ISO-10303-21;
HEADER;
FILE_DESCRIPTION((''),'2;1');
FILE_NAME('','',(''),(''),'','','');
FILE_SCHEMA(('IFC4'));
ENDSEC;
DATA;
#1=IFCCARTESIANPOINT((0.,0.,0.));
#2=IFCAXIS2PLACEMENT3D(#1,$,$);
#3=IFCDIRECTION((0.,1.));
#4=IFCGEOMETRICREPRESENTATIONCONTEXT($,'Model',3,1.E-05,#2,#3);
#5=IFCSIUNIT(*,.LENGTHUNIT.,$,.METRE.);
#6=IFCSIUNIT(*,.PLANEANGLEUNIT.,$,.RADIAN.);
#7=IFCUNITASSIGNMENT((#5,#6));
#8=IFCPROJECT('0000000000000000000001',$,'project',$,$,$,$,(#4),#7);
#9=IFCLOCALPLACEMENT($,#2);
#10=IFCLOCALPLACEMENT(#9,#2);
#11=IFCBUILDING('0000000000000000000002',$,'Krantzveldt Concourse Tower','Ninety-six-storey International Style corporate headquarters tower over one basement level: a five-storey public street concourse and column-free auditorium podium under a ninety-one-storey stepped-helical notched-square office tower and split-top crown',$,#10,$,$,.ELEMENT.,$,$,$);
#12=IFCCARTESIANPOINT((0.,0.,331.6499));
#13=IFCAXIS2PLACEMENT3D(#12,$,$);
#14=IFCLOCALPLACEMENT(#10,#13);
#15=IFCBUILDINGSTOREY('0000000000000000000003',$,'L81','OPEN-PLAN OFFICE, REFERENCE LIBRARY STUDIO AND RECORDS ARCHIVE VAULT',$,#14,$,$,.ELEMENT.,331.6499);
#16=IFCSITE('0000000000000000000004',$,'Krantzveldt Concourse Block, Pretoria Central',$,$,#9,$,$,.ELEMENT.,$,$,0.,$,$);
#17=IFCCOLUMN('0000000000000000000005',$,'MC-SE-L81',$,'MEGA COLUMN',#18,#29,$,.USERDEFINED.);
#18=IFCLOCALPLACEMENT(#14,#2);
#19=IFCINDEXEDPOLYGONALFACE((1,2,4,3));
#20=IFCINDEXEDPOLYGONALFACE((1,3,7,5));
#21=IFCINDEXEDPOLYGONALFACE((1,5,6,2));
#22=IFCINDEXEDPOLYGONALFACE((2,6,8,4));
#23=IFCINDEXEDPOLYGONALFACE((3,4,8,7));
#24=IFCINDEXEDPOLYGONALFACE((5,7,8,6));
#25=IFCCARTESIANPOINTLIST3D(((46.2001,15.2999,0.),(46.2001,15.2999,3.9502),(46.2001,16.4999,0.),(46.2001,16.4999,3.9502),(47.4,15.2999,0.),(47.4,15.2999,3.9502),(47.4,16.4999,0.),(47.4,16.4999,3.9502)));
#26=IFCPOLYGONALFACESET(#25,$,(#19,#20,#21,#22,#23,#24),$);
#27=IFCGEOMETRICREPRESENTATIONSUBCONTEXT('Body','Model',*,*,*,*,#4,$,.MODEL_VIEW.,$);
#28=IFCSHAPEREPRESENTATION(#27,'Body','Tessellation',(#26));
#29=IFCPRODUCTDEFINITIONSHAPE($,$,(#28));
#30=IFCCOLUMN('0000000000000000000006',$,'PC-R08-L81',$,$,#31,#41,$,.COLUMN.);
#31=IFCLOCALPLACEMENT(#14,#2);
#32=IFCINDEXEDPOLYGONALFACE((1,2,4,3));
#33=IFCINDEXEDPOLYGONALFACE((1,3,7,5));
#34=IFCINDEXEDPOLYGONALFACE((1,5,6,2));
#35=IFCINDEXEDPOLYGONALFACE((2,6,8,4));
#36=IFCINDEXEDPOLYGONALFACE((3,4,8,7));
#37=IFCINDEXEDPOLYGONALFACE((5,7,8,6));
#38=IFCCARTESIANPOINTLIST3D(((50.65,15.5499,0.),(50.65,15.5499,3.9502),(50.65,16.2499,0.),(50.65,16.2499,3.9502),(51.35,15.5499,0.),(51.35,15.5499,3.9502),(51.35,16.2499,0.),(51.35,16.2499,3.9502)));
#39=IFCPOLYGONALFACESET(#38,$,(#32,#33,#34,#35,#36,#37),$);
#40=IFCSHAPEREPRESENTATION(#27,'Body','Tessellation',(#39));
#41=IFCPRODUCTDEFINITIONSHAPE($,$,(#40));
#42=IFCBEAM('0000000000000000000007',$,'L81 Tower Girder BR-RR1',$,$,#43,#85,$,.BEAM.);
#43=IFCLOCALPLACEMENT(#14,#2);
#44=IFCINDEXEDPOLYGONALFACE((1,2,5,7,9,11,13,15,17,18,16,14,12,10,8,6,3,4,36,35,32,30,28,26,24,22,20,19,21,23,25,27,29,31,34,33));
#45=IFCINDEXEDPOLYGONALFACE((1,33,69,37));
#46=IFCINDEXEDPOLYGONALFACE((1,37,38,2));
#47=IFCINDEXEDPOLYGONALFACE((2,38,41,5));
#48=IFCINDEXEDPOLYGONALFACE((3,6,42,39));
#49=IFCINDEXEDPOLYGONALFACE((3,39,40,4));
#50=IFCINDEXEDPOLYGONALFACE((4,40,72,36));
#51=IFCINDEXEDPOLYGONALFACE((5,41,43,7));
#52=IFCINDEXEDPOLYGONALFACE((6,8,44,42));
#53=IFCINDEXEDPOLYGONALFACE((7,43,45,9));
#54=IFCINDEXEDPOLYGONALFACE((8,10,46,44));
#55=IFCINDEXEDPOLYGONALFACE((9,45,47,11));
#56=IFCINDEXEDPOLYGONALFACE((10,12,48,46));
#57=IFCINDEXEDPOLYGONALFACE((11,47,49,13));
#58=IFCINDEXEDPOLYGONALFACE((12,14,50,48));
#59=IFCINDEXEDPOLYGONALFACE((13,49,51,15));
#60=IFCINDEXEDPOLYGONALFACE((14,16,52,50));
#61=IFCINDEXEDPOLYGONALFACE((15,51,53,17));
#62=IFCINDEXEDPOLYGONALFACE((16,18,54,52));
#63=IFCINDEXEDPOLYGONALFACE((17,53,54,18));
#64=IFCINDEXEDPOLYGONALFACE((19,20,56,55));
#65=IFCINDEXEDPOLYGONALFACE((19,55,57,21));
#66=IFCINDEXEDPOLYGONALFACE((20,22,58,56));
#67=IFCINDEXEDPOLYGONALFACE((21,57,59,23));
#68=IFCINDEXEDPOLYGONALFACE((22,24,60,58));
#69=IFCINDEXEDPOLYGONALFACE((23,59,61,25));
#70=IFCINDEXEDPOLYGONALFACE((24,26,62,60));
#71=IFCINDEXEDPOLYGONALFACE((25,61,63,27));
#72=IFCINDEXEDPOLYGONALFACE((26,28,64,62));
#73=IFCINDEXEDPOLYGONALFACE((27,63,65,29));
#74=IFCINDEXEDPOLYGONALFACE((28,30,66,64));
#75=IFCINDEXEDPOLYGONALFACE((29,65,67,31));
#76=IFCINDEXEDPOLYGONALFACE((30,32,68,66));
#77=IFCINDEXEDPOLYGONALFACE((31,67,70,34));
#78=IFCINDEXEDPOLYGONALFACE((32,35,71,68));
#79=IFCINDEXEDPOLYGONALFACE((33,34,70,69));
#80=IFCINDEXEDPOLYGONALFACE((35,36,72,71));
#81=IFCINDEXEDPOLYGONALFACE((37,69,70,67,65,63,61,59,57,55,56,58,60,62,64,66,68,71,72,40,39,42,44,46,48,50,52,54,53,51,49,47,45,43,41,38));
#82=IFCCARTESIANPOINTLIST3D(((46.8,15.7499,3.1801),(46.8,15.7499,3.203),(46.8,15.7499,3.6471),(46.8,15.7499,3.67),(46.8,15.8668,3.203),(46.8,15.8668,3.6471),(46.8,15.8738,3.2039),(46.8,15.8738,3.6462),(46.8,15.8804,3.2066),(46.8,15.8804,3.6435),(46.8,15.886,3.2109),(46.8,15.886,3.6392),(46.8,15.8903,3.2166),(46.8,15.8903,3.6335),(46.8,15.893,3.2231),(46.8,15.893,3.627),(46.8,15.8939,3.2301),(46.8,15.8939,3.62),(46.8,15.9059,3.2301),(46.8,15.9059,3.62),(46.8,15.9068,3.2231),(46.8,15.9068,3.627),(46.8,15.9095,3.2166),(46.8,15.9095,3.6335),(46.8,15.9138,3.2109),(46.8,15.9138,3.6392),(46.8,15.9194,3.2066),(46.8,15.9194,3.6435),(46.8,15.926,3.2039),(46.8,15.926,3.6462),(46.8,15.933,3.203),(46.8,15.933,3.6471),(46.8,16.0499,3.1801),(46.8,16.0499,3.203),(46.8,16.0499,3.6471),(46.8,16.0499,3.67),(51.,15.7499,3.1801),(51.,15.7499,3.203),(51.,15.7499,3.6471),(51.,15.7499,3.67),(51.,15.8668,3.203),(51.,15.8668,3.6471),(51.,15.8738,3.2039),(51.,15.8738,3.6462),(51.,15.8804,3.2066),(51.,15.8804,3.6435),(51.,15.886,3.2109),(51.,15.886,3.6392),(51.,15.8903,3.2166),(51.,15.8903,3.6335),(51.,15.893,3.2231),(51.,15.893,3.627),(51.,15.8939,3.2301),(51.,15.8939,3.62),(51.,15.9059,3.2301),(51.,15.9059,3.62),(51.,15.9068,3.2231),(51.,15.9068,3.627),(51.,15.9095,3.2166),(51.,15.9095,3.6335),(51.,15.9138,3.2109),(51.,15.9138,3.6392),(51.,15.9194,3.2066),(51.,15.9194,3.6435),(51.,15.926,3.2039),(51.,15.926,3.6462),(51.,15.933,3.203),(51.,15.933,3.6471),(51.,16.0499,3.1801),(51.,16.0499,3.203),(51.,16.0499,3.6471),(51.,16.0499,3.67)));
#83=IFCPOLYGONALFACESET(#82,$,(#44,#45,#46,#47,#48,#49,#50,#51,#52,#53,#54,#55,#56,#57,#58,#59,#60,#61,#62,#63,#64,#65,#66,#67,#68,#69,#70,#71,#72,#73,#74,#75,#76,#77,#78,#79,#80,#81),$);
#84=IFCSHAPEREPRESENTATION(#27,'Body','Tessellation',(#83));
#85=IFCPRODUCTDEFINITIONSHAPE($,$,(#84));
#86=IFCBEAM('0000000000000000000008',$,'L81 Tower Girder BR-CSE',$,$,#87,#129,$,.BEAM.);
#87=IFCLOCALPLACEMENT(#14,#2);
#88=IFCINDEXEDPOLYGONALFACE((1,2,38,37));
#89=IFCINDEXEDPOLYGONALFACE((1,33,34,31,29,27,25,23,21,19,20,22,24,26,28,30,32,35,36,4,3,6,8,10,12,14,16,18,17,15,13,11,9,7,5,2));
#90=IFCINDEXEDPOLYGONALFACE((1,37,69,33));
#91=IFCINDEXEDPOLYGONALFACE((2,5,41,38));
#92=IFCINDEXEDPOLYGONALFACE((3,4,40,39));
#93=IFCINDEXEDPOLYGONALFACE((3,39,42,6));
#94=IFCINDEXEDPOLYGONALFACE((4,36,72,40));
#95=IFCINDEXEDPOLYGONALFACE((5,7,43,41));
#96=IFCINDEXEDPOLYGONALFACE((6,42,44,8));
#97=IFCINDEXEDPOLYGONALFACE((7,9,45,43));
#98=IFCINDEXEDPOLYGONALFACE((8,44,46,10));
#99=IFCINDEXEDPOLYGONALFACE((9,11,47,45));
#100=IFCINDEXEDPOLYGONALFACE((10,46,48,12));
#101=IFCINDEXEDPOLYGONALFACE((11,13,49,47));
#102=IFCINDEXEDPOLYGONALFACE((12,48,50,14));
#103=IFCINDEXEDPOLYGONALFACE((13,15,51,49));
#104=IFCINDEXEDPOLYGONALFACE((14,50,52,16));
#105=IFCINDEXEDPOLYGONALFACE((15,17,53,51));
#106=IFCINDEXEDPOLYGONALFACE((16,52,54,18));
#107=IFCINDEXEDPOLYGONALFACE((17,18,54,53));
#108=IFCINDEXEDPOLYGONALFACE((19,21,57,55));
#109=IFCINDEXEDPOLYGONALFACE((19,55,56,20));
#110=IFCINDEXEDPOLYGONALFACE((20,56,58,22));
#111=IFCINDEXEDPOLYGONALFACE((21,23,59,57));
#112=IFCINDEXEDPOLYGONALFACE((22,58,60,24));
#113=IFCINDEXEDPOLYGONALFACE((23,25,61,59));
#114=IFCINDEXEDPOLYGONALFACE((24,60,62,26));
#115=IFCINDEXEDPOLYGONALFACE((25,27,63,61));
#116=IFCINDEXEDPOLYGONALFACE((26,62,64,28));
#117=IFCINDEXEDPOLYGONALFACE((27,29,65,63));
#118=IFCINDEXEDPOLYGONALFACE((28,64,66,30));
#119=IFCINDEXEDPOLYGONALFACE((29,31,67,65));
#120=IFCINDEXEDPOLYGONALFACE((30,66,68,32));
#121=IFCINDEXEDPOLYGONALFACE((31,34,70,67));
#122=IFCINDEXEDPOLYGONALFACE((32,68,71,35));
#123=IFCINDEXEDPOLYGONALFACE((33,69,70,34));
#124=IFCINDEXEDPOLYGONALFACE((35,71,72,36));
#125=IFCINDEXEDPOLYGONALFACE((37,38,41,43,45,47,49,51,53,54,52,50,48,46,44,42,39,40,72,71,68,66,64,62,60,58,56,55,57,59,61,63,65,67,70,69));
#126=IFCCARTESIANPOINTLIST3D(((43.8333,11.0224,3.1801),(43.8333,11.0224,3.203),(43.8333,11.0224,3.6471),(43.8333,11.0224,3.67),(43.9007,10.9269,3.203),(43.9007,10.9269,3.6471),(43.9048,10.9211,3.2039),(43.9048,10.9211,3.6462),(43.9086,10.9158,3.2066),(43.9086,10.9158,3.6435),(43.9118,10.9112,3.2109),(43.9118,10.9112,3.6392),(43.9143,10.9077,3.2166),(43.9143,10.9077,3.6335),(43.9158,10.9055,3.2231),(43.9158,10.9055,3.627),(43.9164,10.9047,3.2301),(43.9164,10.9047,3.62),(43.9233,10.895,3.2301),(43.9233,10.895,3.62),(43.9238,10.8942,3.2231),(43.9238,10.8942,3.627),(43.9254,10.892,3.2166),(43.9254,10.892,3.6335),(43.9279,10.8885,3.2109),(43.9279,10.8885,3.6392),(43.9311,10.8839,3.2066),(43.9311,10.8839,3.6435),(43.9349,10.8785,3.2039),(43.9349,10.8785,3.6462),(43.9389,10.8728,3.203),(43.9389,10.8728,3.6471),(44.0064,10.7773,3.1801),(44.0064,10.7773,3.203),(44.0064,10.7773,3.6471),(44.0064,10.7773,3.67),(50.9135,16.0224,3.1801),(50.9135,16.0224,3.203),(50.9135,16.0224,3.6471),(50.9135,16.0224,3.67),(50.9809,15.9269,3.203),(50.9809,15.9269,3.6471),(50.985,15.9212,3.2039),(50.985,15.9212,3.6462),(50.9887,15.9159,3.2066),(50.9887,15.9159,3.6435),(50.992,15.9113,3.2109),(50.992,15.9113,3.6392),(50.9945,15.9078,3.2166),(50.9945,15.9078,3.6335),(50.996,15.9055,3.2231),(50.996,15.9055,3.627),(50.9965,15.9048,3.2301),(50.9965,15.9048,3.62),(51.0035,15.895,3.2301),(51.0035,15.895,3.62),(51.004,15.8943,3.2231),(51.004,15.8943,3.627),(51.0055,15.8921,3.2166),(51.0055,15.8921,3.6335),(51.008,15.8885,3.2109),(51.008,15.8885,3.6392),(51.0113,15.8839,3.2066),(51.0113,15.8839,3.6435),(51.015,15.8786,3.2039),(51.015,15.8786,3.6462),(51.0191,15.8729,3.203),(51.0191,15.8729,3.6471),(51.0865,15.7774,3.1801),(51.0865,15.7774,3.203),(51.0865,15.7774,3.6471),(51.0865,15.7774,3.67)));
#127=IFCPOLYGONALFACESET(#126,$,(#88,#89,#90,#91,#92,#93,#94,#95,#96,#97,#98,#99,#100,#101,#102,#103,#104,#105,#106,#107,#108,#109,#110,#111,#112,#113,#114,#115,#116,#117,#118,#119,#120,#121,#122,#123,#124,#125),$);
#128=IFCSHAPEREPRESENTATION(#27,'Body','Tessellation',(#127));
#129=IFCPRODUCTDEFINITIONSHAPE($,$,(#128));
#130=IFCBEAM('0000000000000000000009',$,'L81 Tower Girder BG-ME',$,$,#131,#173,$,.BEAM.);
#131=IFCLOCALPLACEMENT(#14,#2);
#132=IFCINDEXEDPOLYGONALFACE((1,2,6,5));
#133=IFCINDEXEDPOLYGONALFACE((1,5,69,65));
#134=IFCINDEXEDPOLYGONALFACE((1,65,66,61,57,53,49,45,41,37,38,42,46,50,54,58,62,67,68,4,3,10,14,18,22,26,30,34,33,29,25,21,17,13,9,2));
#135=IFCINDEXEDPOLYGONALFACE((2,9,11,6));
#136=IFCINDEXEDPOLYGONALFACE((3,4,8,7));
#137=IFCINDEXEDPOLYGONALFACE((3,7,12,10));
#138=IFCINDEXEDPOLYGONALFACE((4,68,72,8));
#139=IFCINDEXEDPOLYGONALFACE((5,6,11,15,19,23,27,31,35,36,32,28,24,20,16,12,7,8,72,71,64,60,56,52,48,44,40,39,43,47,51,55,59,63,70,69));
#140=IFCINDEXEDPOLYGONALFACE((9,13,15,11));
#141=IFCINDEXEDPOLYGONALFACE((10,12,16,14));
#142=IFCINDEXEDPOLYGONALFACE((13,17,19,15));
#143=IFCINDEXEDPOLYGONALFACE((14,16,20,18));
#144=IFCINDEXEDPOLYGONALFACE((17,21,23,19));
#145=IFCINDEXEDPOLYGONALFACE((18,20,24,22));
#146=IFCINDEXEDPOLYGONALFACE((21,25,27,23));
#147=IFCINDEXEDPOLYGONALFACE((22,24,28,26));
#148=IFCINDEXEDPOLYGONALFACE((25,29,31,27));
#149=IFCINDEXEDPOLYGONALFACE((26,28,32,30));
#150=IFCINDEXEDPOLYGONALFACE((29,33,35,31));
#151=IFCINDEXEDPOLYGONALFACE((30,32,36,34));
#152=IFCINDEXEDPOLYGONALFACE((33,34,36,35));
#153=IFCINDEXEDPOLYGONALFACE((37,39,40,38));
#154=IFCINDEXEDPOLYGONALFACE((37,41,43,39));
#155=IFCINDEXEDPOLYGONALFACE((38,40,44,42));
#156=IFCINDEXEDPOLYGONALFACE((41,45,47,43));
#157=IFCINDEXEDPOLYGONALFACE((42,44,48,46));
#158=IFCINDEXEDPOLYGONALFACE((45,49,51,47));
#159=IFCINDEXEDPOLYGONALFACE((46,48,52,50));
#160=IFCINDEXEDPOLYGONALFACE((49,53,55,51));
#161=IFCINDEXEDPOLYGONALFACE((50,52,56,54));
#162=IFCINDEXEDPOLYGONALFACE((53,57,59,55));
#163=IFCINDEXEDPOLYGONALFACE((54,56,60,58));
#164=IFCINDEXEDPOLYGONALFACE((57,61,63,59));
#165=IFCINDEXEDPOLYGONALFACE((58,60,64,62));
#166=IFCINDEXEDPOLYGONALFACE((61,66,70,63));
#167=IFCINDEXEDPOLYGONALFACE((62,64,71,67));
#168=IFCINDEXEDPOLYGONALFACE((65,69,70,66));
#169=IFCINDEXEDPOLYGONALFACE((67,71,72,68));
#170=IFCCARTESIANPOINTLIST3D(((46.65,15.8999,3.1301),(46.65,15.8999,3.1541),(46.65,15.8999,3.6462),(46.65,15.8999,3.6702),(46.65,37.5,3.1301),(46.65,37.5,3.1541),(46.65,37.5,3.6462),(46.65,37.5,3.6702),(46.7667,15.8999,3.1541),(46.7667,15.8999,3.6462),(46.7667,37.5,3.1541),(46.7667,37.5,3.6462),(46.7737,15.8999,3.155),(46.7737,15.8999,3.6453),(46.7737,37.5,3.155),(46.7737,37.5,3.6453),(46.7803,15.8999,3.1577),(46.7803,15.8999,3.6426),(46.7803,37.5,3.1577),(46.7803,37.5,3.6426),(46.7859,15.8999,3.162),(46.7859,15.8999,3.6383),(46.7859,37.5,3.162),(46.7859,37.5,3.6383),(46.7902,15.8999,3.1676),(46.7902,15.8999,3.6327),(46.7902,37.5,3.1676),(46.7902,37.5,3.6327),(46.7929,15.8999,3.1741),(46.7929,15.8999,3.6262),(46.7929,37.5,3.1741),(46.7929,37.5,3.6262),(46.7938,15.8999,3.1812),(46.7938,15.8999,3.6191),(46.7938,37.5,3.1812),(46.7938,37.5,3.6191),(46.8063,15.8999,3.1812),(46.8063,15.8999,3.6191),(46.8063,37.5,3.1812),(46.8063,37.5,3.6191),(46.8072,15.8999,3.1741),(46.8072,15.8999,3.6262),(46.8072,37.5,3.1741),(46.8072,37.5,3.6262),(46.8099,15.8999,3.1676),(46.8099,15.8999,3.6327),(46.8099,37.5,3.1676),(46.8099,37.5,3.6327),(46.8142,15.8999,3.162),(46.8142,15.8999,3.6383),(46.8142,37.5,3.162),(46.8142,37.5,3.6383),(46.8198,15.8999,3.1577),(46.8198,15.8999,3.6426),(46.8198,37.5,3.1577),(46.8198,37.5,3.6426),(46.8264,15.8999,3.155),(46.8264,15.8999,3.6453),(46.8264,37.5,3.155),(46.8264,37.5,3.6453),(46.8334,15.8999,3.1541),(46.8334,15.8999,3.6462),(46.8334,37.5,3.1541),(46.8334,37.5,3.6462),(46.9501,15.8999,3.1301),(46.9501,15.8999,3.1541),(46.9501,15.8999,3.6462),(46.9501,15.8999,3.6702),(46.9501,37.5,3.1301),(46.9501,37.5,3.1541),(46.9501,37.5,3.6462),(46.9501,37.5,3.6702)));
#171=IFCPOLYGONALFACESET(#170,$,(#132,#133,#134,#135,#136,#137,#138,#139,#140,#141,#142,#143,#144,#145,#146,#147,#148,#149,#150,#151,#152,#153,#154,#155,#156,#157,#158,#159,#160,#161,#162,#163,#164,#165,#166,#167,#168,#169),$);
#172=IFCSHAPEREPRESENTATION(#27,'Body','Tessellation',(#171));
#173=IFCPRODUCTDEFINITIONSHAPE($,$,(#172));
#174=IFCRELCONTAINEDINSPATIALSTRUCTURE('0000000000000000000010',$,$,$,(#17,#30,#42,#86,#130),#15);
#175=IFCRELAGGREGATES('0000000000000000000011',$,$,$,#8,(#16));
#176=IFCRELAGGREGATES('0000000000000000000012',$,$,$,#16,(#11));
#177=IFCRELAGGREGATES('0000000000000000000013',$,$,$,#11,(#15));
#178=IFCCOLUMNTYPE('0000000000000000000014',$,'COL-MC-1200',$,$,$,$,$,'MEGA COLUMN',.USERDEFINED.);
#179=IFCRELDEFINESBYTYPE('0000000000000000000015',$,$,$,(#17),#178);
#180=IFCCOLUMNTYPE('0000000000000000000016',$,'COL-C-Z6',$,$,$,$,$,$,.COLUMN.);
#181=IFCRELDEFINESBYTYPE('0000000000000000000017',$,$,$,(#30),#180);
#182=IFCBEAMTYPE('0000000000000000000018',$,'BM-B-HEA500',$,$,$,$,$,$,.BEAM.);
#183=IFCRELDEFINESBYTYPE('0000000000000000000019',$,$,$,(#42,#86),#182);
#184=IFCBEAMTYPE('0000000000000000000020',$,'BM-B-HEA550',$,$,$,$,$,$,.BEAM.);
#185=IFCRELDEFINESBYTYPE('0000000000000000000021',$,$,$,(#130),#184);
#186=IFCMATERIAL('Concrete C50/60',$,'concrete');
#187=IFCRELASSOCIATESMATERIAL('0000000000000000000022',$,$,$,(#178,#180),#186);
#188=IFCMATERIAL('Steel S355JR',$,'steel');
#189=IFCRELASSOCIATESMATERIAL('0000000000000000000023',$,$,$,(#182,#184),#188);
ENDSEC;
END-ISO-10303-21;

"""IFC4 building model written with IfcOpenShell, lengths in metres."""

from ifc_helpers import new_model, si_unit, direction, frame, origin, origin_2d, place, context, subcontext, project, spatial, rectangle, i_section, extrude, source, transform, mapped, material, material_profile, profile_set, type_object, type_shapes, element, save


model = new_model("IFC4")

# Units and contexts
model_context = context("Model", 3, precision=1e-05, world=origin(), true_north=direction((0.0, 1.0)))
body_context = subcontext(model_context, "Body", "Model", "MODEL_VIEW")
ifc_project = project(units=[si_unit("LENGTHUNIT", "METRE"), si_unit("PLANEANGLEUNIT", "RADIAN")], contexts=[model_context])

# Site, building, storey
site_placement = place(None, origin())
site = spatial("IfcSite", under=ifc_project, at=site_placement, Name="Krantzveldt Concourse Block, Pretoria Central", CompositionType="ELEMENT", RefElevation=0.0)
building_placement = place(site_placement, origin())
building = spatial("IfcBuilding", under=site, at=building_placement, Name="Krantzveldt Concourse Tower", Description="Ninety-six-storey International Style corporate headquarters tower over one basement level: a five-storey public street concourse and column-free auditorium podium under a ninety-one-storey stepped-helical notched-square office tower and split-top crown", CompositionType="ELEMENT")
storey_placement = place(building_placement, frame((0.0, 0.0, 331.6499)))
storey = spatial("IfcBuildingStorey", under=building, at=storey_placement, Name="L81", Description="OPEN-PLAN OFFICE, REFERENCE LIBRARY STUDIO AND RECORDS ARCHIVE VAULT", CompositionType="ELEMENT", Elevation=331.6499)

# Columns
ifc_material_1 = material(Name="Concrete C50/60", Category="concrete")
ifc_material_profile_1 = material_profile(ifc_material_1, rectangle(XDim=1.2, YDim=1.2, at=origin_2d()), Name="Concrete C50/60", Category="concrete")
ifc_profile_set_1 = profile_set([ifc_material_profile_1], Name="Concrete C50/60 - RC 1200x1200")
column_type_1 = type_object("IfcColumnType", Name="COL-MC-1200", ElementType="MEGA COLUMN", PredefinedType="USERDEFINED", material=ifc_profile_set_1)
shared_shape_1 = source(origin(), body_context, "Body", "SweptSolid", [
    extrude(rectangle(XDim=1.2, YDim=1.2, at=origin_2d()), origin(), (0.0, 0.0, 1.0), 3.9502),
])
type_shapes(column_type_1, [shared_shape_1])
column_1_placement = place(storey_placement, frame((46.8, 15.8999, 0.0), z_axis=(0.0, 0.0, 1.0), x_axis=(1.0, 0.0, 0.0)))
element("IfcColumn", 1, at=column_1_placement, inside=storey, type_object=column_type_1, Name="MC-SE-L81", ObjectType="MEGA COLUMN", PredefinedType="USERDEFINED", context=body_context, shape_type="MappedRepresentation", body=[
    mapped(shared_shape_1, transform((0.0, 0.0, 0.0), x_axis=(1.0, 0.0, 0.0), y_axis=(0.0, 1.0, 0.0), z_axis=(0.0, 0.0, 1.0), scale=1.0)),
])
ifc_material_profile_2 = material_profile(ifc_material_1, rectangle(XDim=0.7, YDim=0.7, at=origin_2d()), Name="Concrete C50/60", Category="concrete")
ifc_profile_set_2 = profile_set([ifc_material_profile_2], Name="Concrete C50/60 - RC 700x700")
column_type_2 = type_object("IfcColumnType", Name="COL-C-Z6", PredefinedType="COLUMN", material=ifc_profile_set_2)
shared_shape_2 = source(origin(), body_context, "Body", "SweptSolid", [
    extrude(rectangle(XDim=0.7, YDim=0.7, at=origin_2d()), origin(), (0.0, 0.0, 1.0), 3.9502),
])
type_shapes(column_type_2, [shared_shape_2])
column_2_placement = place(storey_placement, frame((51.0, 15.8999, 0.0), z_axis=(0.0, 0.0, 1.0), x_axis=(1.0, 0.0, 0.0)))
element("IfcColumn", 2, at=column_2_placement, inside=storey, type_object=column_type_2, Name="PC-R08-L81", PredefinedType="COLUMN", context=body_context, shape_type="MappedRepresentation", body=[
    mapped(shared_shape_2, transform((0.0, 0.0, 0.0), x_axis=(1.0, 0.0, 0.0), y_axis=(0.0, 1.0, 0.0), z_axis=(0.0, 0.0, 1.0), scale=1.0)),
])

# Beams
ifc_material_2 = material(Name="Steel S355JR", Category="steel")
ifc_material_profile_3 = material_profile(ifc_material_2, i_section(OverallWidth=0.3, OverallDepth=0.49, WebThickness=0.012, FlangeThickness=0.0229, FilletRadius=0.0271, at=origin_2d()), Name="Steel S355JR", Category="steel")
ifc_profile_set_3 = profile_set([ifc_material_profile_3], Name="Steel S355JR - HEA 500")
beam_type_1 = type_object("IfcBeamType", Name="BM-B-HEA500", PredefinedType="BEAM", material=ifc_profile_set_3)
shared_shape_3 = source(origin(), body_context, "Body", "SweptSolid", [
    extrude(i_section(OverallWidth=0.3, OverallDepth=0.49, WebThickness=0.012, FlangeThickness=0.0229, FilletRadius=0.0271, at=origin_2d()), origin(), (0.0, 0.0, 1.0), 4.2),
])
beam_1_placement = place(storey_placement, frame((46.8, 15.8999, 3.425), z_axis=(1.0, 0.0, 0.0), x_axis=(0.0, 1.0, 0.0)))
element("IfcBeam", 3, at=beam_1_placement, inside=storey, type_object=beam_type_1, Name="L81 Tower Girder BR-RR1", PredefinedType="BEAM", context=body_context, shape_type="MappedRepresentation", body=[
    mapped(shared_shape_3, transform((0.0, 0.0, 0.0), x_axis=(1.0, 0.0, 0.0), y_axis=(0.0, 1.0, 0.0), z_axis=(0.0, 0.0, 1.0), scale=1.0)),
])
shared_shape_4 = source(origin(), body_context, "Body", "SweptSolid", [
    extrude(i_section(OverallWidth=0.3, OverallDepth=0.49, WebThickness=0.012, FlangeThickness=0.0229, FilletRadius=0.0271, at=origin_2d()), origin(), (0.0, 0.0, 1.0), 8.6677),
])
type_shapes(beam_type_1, [shared_shape_3, shared_shape_4])
beam_2_placement = place(storey_placement, frame((51.0, 15.8999, 3.425), z_axis=(-0.816843, -0.57686, 0.0), x_axis=(0.57686, -0.816843, 0.0)))
element("IfcBeam", 4, at=beam_2_placement, inside=storey, type_object=beam_type_1, Name="L81 Tower Girder BR-CSE", PredefinedType="BEAM", context=body_context, shape_type="MappedRepresentation", body=[
    mapped(shared_shape_4, transform((0.0, 0.0, 0.0), x_axis=(1.0, 0.0, 0.0), y_axis=(0.0, 1.0, 0.0), z_axis=(0.0, 0.0, 1.0), scale=1.0)),
])
ifc_material_profile_4 = material_profile(ifc_material_2, i_section(OverallWidth=0.3, OverallDepth=0.54, WebThickness=0.0125, FlangeThickness=0.0239, FilletRadius=0.0271, at=origin_2d()), Name="Steel S355JR", Category="steel")
ifc_profile_set_4 = profile_set([ifc_material_profile_4], Name="Steel S355JR - HEA 550")
beam_type_2 = type_object("IfcBeamType", Name="BM-B-HEA550", PredefinedType="BEAM", material=ifc_profile_set_4)
shared_shape_5 = source(origin(), body_context, "Body", "SweptSolid", [
    extrude(i_section(OverallWidth=0.3, OverallDepth=0.54, WebThickness=0.0125, FlangeThickness=0.0239, FilletRadius=0.0271, at=origin_2d()), origin(), (0.0, 0.0, 1.0), 21.6001),
])
beam_3_placement = place(storey_placement, frame((46.8, 15.8999, 3.4001), z_axis=(0.0, 1.0, 0.0), x_axis=(-1.0, 0.0, 0.0)))
element("IfcBeam", 5, at=beam_3_placement, inside=storey, type_object=beam_type_2, Name="L81 Tower Girder BG-ME", PredefinedType="BEAM", context=body_context, shape_type="MappedRepresentation", body=[
    mapped(shared_shape_5, transform((0.0, 0.0, 0.0), x_axis=(1.0, 0.0, 0.0), y_axis=(0.0, 1.0, 0.0), z_axis=(0.0, 0.0, 1.0), scale=1.0)),
])

save(model, "model.ifc")
